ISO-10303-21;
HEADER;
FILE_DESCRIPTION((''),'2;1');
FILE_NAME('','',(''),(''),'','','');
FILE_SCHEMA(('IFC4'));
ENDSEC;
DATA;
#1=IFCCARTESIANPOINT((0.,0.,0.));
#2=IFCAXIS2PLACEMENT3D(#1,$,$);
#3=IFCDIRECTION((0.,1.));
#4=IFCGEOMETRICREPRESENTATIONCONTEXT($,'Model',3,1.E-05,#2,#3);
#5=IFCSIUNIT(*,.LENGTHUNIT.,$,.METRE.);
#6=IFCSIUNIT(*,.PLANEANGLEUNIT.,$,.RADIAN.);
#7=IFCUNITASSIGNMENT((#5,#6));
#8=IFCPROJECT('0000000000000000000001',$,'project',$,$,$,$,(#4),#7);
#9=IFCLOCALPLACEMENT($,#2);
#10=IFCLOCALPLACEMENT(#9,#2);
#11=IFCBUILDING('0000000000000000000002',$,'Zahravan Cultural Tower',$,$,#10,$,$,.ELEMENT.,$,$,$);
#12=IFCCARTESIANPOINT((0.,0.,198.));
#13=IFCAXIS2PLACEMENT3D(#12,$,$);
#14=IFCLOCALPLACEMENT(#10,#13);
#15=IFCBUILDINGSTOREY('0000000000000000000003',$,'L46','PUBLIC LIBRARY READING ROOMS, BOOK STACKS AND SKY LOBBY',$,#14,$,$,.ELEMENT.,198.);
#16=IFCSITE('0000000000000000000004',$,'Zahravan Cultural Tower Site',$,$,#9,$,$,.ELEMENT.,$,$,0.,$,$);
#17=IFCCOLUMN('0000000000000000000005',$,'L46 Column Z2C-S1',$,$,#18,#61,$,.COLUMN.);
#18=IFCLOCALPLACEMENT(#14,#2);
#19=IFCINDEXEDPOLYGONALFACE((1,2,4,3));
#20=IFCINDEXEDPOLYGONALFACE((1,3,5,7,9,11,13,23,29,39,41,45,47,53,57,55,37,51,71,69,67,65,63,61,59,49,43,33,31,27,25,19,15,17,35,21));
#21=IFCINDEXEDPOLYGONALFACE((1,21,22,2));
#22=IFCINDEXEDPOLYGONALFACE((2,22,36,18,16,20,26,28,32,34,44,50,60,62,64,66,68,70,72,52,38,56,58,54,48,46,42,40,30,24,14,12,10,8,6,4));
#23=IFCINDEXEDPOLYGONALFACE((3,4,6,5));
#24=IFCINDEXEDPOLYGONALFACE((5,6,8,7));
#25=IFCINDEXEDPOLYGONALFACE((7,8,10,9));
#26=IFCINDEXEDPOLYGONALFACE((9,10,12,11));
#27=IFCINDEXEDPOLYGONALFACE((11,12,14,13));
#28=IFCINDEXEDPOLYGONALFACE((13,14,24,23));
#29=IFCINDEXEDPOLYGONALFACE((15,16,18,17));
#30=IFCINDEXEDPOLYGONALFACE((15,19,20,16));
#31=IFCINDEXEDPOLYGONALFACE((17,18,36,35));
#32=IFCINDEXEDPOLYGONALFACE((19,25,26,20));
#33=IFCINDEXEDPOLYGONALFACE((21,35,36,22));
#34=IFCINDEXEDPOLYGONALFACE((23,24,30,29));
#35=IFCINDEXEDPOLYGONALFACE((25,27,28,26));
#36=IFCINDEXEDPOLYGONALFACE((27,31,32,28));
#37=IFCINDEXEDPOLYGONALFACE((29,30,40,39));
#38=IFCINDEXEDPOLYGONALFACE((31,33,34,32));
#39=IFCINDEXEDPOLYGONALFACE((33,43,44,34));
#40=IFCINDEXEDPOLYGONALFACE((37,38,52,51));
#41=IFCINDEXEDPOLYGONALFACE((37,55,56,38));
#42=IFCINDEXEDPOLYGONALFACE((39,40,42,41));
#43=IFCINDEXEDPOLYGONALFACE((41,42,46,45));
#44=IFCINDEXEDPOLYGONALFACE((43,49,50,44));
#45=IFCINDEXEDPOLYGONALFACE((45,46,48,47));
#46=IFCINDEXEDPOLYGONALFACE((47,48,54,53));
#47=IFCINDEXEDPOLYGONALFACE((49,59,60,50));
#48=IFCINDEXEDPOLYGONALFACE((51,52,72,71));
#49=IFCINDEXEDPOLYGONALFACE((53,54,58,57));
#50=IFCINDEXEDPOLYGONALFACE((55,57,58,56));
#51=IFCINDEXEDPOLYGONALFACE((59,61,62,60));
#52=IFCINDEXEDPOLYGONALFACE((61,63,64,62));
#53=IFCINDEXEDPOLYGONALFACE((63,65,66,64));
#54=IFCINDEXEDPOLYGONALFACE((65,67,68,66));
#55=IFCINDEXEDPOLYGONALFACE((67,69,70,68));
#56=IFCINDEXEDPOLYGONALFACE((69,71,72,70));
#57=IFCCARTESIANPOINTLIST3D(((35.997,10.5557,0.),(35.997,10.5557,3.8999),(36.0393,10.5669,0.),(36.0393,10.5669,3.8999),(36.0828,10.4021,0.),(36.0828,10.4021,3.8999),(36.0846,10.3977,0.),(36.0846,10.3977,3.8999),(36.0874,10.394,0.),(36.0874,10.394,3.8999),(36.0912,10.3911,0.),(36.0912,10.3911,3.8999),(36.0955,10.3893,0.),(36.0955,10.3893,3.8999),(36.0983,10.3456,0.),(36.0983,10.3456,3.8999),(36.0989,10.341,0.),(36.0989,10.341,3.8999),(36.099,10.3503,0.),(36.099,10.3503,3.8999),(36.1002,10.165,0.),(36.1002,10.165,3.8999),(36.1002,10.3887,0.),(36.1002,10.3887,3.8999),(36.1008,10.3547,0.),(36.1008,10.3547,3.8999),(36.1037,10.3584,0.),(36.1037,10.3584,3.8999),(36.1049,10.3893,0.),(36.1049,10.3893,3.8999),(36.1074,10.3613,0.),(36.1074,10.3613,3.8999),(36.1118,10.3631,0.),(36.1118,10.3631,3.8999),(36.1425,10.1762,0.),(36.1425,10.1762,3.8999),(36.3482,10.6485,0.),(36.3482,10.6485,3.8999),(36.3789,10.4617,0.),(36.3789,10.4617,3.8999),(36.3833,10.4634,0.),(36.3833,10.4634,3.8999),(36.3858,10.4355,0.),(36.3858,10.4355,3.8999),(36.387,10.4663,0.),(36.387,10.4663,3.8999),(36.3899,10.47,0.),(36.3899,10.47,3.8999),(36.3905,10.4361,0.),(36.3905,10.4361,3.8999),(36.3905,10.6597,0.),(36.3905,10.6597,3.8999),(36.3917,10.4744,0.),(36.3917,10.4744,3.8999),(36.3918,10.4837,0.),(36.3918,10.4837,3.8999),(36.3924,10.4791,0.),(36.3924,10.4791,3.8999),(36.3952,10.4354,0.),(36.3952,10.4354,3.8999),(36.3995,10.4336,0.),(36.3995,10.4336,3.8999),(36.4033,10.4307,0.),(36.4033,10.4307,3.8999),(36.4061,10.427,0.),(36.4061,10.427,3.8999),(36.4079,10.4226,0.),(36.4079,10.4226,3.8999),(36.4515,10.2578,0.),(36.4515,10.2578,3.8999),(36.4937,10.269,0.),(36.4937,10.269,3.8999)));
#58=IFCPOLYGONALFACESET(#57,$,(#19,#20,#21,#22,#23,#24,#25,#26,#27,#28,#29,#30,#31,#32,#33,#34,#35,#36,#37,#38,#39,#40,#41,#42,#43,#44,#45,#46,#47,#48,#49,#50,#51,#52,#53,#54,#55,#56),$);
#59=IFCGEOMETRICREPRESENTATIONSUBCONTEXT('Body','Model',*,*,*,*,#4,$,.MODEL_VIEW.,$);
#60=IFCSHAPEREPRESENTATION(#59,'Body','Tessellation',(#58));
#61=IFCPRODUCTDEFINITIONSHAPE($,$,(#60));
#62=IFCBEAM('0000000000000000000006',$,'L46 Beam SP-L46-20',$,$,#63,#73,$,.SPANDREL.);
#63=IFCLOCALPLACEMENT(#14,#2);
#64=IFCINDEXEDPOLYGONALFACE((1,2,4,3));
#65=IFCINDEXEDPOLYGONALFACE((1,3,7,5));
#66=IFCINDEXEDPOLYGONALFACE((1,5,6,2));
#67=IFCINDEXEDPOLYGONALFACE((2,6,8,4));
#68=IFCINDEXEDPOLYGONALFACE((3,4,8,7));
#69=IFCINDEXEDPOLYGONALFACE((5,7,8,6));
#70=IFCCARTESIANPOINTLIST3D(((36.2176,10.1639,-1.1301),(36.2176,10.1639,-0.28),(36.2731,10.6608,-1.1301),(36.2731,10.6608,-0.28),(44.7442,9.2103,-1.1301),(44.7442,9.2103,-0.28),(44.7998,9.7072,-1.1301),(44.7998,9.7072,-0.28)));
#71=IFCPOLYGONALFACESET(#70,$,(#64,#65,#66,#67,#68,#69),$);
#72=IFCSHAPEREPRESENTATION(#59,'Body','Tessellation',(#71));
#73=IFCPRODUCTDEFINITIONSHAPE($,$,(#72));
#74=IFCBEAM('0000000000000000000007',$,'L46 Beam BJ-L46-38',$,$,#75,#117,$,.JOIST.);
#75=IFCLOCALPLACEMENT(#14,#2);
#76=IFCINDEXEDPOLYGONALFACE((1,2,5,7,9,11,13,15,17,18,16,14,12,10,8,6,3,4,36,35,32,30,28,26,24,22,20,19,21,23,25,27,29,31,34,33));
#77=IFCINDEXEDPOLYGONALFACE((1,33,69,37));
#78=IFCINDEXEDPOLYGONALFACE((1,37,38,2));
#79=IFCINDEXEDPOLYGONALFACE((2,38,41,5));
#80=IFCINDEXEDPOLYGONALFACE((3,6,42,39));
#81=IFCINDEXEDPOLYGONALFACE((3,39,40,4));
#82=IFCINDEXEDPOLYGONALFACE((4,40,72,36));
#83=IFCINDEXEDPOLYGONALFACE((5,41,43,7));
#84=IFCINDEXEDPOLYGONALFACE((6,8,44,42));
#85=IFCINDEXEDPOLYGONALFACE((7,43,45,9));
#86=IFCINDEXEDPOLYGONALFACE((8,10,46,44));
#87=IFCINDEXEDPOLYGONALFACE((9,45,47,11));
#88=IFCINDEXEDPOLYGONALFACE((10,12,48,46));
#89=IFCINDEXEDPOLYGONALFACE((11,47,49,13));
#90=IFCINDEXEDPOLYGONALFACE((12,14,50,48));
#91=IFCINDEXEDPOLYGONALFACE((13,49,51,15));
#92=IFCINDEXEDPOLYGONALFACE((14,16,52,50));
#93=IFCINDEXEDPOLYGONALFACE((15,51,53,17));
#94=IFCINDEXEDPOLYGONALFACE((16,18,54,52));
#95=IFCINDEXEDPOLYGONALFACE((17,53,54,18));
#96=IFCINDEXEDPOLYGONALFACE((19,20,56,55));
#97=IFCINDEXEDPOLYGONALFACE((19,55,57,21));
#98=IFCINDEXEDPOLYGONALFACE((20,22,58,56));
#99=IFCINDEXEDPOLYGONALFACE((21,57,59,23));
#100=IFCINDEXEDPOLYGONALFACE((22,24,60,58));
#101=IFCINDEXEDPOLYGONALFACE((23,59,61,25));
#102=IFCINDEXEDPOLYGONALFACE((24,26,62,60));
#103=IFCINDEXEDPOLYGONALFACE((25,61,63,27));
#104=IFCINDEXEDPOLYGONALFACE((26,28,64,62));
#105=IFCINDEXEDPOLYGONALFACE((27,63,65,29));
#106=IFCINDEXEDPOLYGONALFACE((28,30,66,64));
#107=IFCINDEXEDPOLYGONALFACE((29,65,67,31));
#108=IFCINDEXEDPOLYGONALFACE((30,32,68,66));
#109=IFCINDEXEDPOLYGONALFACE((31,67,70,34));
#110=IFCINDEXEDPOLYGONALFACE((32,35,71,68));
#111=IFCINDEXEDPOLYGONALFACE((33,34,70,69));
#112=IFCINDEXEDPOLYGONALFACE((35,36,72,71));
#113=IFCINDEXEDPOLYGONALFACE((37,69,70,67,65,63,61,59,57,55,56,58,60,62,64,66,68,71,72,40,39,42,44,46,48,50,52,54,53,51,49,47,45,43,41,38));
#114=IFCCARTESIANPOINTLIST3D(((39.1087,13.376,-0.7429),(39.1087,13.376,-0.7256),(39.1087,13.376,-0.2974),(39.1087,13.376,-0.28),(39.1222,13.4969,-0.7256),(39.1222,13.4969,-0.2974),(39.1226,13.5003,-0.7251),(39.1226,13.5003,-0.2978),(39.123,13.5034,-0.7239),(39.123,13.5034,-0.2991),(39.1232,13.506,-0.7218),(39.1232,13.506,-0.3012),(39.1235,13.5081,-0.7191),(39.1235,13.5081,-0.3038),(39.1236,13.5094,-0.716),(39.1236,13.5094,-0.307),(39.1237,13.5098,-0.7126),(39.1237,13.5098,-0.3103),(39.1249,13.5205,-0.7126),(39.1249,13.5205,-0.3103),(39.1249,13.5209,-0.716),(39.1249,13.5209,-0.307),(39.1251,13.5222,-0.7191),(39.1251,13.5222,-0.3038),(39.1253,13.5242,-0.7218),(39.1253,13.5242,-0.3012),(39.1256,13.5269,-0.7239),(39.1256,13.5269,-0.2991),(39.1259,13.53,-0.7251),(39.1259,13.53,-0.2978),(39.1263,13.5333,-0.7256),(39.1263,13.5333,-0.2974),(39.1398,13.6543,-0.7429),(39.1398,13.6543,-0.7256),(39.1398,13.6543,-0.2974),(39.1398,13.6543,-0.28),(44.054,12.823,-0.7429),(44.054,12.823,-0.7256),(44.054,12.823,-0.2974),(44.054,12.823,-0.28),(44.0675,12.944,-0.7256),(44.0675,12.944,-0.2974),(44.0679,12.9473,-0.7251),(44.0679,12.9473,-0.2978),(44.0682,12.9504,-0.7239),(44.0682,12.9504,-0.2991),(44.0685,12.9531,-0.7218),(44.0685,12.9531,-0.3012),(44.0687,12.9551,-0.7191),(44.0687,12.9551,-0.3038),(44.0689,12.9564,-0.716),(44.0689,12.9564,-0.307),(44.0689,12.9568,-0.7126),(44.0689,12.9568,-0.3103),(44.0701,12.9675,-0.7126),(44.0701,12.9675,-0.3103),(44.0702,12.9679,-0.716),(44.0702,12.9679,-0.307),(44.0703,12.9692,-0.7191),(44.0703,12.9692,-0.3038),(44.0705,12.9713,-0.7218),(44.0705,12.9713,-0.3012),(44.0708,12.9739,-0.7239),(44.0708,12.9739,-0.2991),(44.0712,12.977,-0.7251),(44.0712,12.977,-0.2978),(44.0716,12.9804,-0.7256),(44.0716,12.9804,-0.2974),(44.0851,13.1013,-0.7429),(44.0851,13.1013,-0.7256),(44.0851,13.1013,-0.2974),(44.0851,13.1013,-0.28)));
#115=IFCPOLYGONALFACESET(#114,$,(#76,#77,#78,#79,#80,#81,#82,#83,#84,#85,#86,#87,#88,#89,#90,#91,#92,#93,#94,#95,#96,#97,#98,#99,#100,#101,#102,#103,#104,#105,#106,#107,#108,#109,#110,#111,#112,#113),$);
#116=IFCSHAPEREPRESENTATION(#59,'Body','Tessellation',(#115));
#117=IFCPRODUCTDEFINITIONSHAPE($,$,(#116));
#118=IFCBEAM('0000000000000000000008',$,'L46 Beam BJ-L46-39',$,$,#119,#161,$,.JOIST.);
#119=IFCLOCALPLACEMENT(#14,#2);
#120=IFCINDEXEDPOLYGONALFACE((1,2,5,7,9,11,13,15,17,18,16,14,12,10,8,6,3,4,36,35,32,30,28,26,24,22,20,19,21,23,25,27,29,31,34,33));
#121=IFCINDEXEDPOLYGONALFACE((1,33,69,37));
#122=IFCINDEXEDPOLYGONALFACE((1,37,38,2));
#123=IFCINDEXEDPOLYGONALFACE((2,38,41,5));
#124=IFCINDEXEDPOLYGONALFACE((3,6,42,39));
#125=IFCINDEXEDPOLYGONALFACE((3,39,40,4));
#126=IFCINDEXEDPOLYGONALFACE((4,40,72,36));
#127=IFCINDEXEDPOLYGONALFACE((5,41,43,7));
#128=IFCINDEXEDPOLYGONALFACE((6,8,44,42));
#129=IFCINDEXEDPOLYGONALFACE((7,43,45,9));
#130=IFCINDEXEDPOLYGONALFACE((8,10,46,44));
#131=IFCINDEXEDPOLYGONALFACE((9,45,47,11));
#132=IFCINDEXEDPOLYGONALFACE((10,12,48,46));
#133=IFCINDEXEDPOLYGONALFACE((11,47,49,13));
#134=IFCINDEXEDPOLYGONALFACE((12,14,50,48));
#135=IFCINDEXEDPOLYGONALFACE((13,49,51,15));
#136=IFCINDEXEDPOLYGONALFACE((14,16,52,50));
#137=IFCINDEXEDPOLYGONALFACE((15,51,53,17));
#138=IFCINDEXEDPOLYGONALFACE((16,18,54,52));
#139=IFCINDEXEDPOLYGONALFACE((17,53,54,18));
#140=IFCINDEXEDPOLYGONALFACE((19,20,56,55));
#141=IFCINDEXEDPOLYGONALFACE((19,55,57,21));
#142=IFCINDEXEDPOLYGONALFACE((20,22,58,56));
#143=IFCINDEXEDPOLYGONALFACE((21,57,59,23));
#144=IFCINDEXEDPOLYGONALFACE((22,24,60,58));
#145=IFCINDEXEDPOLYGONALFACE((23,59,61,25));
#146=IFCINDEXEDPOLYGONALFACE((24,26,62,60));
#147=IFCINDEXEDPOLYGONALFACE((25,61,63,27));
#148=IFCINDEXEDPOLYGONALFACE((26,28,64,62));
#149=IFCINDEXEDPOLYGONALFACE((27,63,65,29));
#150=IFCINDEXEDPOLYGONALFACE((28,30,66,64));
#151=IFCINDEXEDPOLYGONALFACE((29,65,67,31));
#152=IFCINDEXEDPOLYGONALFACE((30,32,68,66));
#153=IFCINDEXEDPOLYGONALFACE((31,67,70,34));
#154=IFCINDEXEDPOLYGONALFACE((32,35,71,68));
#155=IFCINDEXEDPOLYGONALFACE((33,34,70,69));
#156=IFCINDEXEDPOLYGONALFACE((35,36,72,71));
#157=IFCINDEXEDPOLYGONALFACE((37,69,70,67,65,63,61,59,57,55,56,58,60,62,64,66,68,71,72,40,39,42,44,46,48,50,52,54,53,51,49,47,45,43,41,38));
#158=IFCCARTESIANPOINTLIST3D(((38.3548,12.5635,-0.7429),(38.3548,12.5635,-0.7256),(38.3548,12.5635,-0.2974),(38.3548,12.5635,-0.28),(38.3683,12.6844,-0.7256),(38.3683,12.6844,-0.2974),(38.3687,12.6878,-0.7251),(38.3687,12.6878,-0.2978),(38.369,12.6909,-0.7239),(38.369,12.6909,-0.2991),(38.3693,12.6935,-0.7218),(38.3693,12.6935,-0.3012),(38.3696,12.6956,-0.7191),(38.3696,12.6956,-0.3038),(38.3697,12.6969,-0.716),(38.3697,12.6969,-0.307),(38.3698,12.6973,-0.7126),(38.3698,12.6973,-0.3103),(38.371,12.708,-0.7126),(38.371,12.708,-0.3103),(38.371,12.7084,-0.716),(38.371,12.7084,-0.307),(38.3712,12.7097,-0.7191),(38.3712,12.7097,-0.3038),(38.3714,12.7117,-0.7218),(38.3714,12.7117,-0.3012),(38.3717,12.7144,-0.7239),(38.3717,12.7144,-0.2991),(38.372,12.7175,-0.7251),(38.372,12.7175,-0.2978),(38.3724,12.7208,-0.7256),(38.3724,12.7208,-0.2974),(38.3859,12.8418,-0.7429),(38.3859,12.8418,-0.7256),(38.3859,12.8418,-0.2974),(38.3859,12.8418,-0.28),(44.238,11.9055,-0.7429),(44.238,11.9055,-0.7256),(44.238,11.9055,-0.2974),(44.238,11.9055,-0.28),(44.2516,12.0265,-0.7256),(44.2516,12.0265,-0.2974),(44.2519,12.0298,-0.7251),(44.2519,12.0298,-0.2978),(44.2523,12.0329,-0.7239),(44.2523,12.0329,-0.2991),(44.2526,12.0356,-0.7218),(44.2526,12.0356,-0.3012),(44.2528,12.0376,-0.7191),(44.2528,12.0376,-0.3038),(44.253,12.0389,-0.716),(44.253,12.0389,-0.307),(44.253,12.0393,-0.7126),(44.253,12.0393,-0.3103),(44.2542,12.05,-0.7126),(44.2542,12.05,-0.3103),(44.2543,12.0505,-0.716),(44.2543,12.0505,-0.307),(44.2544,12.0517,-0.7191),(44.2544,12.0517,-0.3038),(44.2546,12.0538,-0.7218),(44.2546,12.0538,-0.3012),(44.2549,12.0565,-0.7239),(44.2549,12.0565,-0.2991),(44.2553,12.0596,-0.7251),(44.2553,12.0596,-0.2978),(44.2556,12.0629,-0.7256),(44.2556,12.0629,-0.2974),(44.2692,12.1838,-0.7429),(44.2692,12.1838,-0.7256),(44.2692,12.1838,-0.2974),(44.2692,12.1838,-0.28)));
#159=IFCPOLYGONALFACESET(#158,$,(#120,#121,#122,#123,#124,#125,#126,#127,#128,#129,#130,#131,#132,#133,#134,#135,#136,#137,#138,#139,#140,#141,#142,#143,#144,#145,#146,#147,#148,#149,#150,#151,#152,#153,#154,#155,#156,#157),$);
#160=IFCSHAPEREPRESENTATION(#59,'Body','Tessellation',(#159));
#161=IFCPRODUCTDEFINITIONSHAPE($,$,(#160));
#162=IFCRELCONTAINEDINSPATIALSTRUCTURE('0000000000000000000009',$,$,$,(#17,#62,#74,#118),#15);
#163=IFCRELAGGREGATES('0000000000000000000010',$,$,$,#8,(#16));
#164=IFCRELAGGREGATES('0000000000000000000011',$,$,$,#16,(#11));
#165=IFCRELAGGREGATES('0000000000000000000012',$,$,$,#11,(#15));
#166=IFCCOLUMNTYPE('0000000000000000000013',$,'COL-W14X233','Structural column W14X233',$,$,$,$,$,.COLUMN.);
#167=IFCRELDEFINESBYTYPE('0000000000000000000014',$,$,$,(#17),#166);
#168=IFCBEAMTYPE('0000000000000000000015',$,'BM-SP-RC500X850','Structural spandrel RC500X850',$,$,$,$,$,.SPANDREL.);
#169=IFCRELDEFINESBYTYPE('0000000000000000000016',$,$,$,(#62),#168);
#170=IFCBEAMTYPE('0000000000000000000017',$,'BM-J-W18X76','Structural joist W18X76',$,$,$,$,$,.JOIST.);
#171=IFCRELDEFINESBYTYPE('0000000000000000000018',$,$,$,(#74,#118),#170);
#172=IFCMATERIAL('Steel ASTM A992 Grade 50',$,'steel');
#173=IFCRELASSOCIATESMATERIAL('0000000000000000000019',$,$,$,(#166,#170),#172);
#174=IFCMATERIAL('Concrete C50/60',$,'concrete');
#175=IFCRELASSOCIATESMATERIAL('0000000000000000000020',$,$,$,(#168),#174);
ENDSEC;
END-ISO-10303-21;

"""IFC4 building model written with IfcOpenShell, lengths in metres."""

from ifc_helpers import new_model, si_unit, direction, frame, origin, origin_2d, place, context, subcontext, project, spatial, rectangle, i_section, extrude, source, transform, mapped, material, material_profile, profile_set, type_object, element, save


model = new_model("IFC4")

# Units and contexts
model_context = context("Model", 3, precision=1e-05, world=origin(), true_north=direction((0.0, 1.0)))
body_context = subcontext(model_context, "Body", "Model", "MODEL_VIEW")
ifc_project = project(units=[si_unit("LENGTHUNIT", "METRE"), si_unit("PLANEANGLEUNIT", "RADIAN")], contexts=[model_context])

# Site, building, storey
site_placement = place(None, origin())
site = spatial("IfcSite", under=ifc_project, at=site_placement, Name="Zahravan Cultural Tower Site", CompositionType="ELEMENT", RefElevation=0.0)
building_placement = place(site_placement, origin())
building = spatial("IfcBuilding", under=site, at=building_placement, Name="Zahravan Cultural Tower", CompositionType="ELEMENT")
storey_placement = place(building_placement, frame((0.0, 0.0, 198.0)))
storey = spatial("IfcBuildingStorey", under=building, at=storey_placement, Name="L46", Description="PUBLIC LIBRARY READING ROOMS, BOOK STACKS AND SKY LOBBY", CompositionType="ELEMENT", Elevation=198.0)

# Column
ifc_material_1 = material(Name="Steel ASTM A992 Grade 50", Category="steel")
ifc_material_profile_1 = material_profile(ifc_material_1, i_section(OverallWidth=0.4041, OverallDepth=0.407, WebThickness=0.0271, FlangeThickness=0.0437, FilletRadius=0.0181, at=origin_2d()), Name="W14X233")
ifc_profile_set_1 = profile_set([ifc_material_profile_1], Name="Steel ASTM A992 Grade 50")
column_type = type_object("IfcColumnType", Name="COL-W14X233", Description="Structural column W14X233", PredefinedType="COLUMN", material=ifc_profile_set_1)
shared_shape_1 = source(origin(), body_context, "Body", "SweptSolid", [
    extrude(i_section(OverallWidth=0.4041, OverallDepth=0.407, WebThickness=0.0271, FlangeThickness=0.0437, FilletRadius=0.0181, at=origin_2d()), origin(), (0.0, 0.0, 1.0), 3.8999),
])
column_placement = place(storey_placement, frame((36.2454, 10.4124, 0.0), z_axis=(0.0, 0.0, 1.0), x_axis=(-0.255446, 0.966823, 0.0)))
element("IfcColumn", 1, at=column_placement, inside=storey, type_object=column_type, Name="L46 Column Z2C-S1", PredefinedType="COLUMN", context=body_context, shape_type="MappedRepresentation", body=[
    mapped(shared_shape_1, transform((0.0, 0.0, 0.0), x_axis=(1.0, 0.0, 0.0), y_axis=(0.0, 1.0, 0.0), z_axis=(0.0, 0.0, 1.0), scale=1.0)),
])

# Beams
ifc_material_2 = material(Name="Concrete C50/60", Category="concrete")
ifc_material_profile_2 = material_profile(ifc_material_2, rectangle(XDim=0.5, YDim=0.8501, at=origin_2d()), Name="RC500X850")
ifc_profile_set_2 = profile_set([ifc_material_profile_2], Name="Concrete C50/60")
beam_type_1 = type_object("IfcBeamType", Name="BM-SP-RC500X850", Description="Structural spandrel RC500X850", PredefinedType="SPANDREL", material=ifc_profile_set_2)
shared_shape_2 = source(origin(), body_context, "Body", "SweptSolid", [
    extrude(rectangle(XDim=0.5, YDim=0.8501, at=origin_2d()), origin(), (0.0, 0.0, 1.0), 8.5798),
])
beam_1_placement = place(storey_placement, frame((36.2454, 10.4124, -0.7051), z_axis=(0.993804, -0.111147, 0.0), x_axis=(0.111147, 0.993804, 0.0)))
element("IfcBeam", 2, at=beam_1_placement, inside=storey, type_object=beam_type_1, Name="L46 Beam SP-L46-20", PredefinedType="SPANDREL", context=body_context, shape_type="MappedRepresentation", body=[
    mapped(shared_shape_2, transform((0.0, 0.0, 0.0), x_axis=(1.0, 0.0, 0.0), y_axis=(0.0, 1.0, 0.0), z_axis=(0.0, 0.0, 1.0), scale=1.0)),
])
ifc_material_profile_3 = material_profile(ifc_material_1, i_section(OverallWidth=0.28, OverallDepth=0.4629, WebThickness=0.0107, FlangeThickness=0.0173, FilletRadius=0.0129, at=origin_2d()), Name="W18X76")
ifc_profile_set_3 = profile_set([ifc_material_profile_3], Name="Steel ASTM A992 Grade 50")
beam_type_2 = type_object("IfcBeamType", Name="BM-J-W18X76", Description="Structural joist W18X76", PredefinedType="JOIST", material=ifc_profile_set_3)
shared_shape_3 = source(origin(), body_context, "Body", "SweptSolid", [
    extrude(i_section(OverallWidth=0.28, OverallDepth=0.4629, WebThickness=0.0107, FlangeThickness=0.0173, FilletRadius=0.0129, at=origin_2d()), origin(), (0.0, 0.0, 1.0), 4.9761),
])
beam_2_placement = place(storey_placement, frame((39.1243, 13.5151, -0.5115), z_axis=(0.993806, -0.111126, 0.0), x_axis=(0.111126, 0.993806, 0.0)))
element("IfcBeam", 3, at=beam_2_placement, inside=storey, type_object=beam_type_2, Name="L46 Beam BJ-L46-38", PredefinedType="JOIST", context=body_context, shape_type="MappedRepresentation", body=[
    mapped(shared_shape_3, transform((0.0, 0.0, 0.0), x_axis=(1.0, 0.0, 0.0), y_axis=(0.0, 1.0, 0.0), z_axis=(0.0, 0.0, 1.0), scale=1.0)),
])
shared_shape_4 = source(origin(), body_context, "Body", "SweptSolid", [
    extrude(i_section(OverallWidth=0.28, OverallDepth=0.4629, WebThickness=0.0107, FlangeThickness=0.0173, FilletRadius=0.0129, at=origin_2d()), origin(), (0.0, 0.0, 1.0), 5.9199),
])
beam_3_placement = place(storey_placement, frame((38.3704, 12.7026, -0.5115), z_axis=(0.993805, -0.111142, 0.0), x_axis=(0.111142, 0.993805, 0.0)))
element("IfcBeam", 4, at=beam_3_placement, inside=storey, type_object=beam_type_2, Name="L46 Beam BJ-L46-39", PredefinedType="JOIST", context=body_context, shape_type="MappedRepresentation", body=[
    mapped(shared_shape_4, transform((0.0, 0.0, 0.0), x_axis=(1.0, 0.0, 0.0), y_axis=(0.0, 1.0, 0.0), z_axis=(0.0, 0.0, 1.0), scale=1.0)),
])

save(model, "model.ifc")
